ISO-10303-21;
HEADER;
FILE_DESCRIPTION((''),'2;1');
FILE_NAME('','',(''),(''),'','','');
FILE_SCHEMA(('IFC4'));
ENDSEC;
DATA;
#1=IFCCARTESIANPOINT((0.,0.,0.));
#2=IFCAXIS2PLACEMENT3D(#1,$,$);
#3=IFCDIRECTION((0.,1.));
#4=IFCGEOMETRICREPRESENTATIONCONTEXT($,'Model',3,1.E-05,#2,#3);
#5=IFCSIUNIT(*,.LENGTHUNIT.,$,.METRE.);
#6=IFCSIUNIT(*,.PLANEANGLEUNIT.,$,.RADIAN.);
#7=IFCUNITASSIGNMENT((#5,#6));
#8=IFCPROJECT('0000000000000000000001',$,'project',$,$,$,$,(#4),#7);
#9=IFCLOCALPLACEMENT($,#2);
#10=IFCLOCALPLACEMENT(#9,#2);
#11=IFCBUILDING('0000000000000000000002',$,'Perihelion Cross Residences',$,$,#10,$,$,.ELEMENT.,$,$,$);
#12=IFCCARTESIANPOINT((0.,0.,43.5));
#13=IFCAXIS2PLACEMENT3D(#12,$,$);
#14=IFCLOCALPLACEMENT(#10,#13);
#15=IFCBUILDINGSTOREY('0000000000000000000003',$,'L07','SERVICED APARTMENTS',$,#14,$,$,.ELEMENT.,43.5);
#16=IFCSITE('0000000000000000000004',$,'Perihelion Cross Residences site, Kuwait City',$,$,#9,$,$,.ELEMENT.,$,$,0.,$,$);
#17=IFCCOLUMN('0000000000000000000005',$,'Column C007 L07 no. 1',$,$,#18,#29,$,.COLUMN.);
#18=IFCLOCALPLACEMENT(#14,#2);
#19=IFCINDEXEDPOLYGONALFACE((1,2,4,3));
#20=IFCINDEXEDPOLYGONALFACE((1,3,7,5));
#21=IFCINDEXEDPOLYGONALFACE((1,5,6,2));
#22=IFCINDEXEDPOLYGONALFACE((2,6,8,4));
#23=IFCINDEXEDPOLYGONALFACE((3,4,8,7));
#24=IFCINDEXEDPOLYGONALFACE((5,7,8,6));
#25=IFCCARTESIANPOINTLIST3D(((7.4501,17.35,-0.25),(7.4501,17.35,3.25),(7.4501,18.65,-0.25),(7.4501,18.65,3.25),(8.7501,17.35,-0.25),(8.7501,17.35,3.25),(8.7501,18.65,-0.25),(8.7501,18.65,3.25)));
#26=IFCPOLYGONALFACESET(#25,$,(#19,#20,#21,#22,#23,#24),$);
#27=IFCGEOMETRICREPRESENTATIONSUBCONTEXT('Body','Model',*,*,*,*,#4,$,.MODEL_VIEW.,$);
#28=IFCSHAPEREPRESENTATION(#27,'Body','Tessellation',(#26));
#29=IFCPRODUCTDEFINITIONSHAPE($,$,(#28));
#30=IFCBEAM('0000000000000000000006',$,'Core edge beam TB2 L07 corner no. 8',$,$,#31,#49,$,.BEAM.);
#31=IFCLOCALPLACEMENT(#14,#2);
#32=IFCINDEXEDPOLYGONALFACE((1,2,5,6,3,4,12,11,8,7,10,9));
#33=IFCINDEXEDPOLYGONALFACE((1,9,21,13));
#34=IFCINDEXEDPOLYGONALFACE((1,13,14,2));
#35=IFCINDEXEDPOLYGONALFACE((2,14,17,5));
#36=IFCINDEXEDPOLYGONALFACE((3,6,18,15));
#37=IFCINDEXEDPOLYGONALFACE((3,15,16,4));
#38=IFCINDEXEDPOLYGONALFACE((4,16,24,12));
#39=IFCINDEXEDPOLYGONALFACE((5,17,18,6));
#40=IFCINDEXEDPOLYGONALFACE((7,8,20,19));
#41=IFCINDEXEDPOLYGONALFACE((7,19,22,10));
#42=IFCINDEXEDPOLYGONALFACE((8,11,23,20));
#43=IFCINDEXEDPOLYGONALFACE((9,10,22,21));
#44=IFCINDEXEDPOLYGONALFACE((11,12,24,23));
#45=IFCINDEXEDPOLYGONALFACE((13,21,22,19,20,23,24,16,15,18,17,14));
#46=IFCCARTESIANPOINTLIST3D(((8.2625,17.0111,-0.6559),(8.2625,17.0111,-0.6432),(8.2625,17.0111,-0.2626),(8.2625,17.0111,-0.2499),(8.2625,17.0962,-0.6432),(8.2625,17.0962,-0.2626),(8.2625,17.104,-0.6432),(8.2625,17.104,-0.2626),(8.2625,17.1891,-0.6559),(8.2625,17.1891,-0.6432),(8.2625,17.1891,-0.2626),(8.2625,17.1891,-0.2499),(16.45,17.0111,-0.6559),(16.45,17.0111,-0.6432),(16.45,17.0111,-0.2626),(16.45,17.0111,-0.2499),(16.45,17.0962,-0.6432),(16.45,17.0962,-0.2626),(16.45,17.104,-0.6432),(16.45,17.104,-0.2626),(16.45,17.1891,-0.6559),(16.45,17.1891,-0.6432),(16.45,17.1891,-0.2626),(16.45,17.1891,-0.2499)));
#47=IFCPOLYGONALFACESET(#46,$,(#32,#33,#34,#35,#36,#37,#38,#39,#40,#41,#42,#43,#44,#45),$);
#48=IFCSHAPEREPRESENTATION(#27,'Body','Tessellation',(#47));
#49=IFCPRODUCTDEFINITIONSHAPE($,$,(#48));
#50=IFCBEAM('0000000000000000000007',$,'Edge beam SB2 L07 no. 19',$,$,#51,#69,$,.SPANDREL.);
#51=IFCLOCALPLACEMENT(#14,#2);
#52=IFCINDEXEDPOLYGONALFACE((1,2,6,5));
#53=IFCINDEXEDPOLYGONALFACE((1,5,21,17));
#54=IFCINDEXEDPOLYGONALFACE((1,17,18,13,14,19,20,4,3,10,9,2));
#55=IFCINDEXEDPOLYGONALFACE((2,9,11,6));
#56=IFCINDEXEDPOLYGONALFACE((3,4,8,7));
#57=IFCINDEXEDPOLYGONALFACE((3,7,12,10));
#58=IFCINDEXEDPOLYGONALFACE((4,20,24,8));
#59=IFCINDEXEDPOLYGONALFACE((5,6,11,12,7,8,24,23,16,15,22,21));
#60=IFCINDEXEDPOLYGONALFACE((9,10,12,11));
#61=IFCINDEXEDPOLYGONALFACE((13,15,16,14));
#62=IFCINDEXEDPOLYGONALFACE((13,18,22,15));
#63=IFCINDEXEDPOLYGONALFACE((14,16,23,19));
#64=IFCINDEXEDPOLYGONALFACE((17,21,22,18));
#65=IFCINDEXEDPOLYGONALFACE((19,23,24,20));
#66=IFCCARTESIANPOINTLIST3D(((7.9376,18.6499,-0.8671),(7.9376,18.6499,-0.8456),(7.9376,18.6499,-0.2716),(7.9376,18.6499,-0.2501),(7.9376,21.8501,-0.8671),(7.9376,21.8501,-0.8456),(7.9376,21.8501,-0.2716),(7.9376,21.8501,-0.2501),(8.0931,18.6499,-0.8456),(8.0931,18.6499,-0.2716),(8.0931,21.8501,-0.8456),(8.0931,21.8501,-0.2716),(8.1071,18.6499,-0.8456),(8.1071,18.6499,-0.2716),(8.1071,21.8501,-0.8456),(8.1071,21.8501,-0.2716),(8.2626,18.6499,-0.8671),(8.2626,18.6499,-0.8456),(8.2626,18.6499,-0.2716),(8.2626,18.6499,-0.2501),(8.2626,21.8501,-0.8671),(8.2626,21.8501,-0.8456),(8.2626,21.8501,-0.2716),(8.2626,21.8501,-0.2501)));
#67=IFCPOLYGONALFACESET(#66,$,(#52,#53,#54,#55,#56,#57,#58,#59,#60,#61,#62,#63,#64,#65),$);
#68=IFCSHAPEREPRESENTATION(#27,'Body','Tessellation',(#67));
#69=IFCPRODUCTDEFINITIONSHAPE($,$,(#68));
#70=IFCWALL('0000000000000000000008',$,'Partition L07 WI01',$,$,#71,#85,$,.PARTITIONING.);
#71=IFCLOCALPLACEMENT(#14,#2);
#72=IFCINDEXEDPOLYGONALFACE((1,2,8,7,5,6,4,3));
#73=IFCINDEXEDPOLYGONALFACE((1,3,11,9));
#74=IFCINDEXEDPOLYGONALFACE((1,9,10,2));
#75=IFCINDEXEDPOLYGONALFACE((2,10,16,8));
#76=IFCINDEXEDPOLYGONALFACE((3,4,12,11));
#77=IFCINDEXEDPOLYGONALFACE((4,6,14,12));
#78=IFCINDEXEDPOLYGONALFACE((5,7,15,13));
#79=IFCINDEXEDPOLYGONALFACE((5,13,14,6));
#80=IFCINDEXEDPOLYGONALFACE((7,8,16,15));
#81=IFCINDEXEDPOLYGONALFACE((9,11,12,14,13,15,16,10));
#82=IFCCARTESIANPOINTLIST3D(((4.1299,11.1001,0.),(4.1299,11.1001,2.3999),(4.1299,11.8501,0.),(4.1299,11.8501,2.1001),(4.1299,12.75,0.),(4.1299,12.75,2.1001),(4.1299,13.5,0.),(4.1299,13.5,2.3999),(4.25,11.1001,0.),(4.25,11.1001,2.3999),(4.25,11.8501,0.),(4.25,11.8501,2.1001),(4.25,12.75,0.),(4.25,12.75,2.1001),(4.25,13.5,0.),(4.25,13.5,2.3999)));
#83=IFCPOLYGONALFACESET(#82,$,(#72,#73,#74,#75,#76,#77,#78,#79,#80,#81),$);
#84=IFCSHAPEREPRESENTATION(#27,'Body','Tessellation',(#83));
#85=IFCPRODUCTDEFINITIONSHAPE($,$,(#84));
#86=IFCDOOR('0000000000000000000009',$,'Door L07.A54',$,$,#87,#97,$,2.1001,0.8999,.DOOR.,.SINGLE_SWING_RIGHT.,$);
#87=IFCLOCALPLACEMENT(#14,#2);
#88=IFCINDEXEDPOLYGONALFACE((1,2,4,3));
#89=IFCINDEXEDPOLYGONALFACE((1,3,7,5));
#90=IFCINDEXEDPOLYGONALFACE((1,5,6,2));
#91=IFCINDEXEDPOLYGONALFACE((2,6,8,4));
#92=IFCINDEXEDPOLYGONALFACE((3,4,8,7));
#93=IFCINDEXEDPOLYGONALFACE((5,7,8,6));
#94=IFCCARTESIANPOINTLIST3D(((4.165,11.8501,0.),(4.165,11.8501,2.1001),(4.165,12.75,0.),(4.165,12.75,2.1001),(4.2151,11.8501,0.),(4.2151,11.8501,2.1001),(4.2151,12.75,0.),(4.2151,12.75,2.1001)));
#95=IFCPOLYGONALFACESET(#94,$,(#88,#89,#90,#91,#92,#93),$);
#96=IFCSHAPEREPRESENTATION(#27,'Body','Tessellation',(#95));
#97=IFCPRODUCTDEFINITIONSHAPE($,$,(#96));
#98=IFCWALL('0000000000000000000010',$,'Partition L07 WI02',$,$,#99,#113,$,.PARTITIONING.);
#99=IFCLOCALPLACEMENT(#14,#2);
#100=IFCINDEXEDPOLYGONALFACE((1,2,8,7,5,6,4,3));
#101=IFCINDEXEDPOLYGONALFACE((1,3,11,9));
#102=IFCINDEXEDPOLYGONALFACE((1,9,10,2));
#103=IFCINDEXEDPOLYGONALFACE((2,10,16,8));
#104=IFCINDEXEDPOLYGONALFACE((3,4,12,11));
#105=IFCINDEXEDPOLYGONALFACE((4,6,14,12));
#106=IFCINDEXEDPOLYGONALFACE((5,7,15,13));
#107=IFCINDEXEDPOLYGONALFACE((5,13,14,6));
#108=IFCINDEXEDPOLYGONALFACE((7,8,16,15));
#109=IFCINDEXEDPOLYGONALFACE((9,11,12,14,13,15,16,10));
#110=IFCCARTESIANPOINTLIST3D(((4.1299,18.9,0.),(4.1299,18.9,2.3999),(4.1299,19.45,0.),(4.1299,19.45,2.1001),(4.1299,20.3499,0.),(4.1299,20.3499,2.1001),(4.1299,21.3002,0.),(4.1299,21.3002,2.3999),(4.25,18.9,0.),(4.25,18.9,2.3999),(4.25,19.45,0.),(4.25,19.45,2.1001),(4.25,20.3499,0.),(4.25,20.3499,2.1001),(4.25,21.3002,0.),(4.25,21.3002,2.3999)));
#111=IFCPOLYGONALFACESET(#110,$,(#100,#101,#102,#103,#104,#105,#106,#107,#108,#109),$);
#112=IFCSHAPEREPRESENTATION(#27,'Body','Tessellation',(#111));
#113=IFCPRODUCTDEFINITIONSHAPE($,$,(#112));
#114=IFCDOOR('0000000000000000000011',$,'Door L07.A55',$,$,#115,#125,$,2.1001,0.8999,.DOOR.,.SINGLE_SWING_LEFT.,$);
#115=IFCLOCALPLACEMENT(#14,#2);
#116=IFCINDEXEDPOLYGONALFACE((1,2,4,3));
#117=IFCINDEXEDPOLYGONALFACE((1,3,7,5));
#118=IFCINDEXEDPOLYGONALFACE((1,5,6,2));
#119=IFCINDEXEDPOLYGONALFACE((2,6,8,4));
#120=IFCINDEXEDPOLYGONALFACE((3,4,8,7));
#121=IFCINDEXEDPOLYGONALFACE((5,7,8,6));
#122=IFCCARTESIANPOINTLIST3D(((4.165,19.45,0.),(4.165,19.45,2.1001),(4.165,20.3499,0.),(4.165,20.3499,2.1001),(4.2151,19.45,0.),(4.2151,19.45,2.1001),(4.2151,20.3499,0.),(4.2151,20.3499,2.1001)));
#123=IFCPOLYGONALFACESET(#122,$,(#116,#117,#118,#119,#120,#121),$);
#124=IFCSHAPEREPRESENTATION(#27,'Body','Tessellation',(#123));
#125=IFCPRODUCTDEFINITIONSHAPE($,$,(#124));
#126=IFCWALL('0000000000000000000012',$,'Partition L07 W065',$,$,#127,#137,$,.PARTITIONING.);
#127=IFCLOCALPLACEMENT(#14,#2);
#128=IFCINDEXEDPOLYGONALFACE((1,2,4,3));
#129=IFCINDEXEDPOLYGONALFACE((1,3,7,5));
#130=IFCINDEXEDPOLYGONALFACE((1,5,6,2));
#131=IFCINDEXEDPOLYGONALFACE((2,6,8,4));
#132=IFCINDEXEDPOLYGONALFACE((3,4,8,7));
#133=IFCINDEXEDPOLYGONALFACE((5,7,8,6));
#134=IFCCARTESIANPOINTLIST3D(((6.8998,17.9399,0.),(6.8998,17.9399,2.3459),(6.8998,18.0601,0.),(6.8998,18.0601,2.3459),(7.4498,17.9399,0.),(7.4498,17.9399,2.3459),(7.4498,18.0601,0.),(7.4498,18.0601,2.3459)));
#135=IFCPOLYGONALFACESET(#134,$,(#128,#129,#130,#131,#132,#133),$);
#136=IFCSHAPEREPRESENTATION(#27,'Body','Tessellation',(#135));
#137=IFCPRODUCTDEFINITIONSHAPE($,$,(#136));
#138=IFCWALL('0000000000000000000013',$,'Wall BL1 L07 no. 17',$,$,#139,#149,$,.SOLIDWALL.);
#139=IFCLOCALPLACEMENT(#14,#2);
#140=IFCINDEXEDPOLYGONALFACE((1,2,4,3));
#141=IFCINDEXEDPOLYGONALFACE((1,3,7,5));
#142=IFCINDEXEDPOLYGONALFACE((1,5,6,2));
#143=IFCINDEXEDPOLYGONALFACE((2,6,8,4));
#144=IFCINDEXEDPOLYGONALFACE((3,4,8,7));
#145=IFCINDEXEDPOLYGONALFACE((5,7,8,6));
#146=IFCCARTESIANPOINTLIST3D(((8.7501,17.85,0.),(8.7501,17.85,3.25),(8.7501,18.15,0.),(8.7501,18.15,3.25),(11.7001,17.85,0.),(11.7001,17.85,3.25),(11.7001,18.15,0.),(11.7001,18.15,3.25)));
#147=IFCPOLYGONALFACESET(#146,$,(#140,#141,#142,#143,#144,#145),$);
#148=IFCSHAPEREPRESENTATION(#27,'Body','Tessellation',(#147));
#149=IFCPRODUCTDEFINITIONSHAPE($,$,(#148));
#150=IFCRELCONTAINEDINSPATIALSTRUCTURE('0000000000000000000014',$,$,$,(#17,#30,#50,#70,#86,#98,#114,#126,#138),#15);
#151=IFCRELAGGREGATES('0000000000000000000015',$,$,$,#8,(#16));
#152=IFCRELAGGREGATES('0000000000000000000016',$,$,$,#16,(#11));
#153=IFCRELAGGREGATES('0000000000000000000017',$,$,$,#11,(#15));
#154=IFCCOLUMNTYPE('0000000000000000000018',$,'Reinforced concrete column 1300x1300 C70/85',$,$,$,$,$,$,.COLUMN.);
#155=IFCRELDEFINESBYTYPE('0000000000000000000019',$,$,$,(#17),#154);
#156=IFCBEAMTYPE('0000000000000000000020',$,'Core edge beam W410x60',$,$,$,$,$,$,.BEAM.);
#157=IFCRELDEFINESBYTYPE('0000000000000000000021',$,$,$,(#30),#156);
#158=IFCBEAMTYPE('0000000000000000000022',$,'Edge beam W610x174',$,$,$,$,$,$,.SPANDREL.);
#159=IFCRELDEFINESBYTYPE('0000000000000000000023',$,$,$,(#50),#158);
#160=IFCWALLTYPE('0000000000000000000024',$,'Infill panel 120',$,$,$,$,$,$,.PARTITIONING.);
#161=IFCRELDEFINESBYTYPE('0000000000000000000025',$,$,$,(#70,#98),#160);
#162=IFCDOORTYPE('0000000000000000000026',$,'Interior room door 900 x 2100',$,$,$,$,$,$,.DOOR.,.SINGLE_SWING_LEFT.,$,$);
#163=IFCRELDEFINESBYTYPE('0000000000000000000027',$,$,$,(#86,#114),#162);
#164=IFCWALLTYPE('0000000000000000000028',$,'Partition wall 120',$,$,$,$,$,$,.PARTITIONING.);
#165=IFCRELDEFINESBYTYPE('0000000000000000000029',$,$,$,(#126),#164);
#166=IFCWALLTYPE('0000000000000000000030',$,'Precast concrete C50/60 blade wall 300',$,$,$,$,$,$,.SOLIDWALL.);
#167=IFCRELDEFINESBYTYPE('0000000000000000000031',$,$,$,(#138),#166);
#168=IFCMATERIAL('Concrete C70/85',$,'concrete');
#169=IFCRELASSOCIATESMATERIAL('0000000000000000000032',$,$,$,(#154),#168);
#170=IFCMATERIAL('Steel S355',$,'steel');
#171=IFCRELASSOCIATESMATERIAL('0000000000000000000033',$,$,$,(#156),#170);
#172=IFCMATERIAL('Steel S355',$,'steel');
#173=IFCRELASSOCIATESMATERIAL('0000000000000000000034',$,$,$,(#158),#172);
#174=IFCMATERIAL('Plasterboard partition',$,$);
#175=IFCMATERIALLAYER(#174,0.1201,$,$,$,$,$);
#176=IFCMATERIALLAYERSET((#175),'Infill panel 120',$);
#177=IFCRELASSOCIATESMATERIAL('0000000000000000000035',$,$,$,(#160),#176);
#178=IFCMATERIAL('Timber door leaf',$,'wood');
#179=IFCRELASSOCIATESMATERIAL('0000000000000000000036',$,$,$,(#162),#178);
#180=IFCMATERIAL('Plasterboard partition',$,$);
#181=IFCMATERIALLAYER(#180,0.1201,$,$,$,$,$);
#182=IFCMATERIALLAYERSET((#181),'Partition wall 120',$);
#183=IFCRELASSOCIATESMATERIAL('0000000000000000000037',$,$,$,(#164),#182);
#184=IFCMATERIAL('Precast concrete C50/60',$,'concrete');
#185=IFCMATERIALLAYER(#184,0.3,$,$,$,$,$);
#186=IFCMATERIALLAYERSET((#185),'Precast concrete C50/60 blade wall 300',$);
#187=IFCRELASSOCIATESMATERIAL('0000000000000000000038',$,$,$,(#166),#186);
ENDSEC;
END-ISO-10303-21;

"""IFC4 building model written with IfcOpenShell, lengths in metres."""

from ifc_helpers import new_model, si_unit, direction, frame, frame_2d, origin, origin_2d, place, context, subcontext, project, spatial, rectangle, i_section, extrude, material, layer, layer_set, material_profile, profile_set, type_object, element, fill, save


model = new_model("IFC4")

# Units and contexts
model_context = context("Model", 3, precision=1e-05, world=origin(), true_north=direction((0.0, 1.0)))
body_context = subcontext(model_context, "Body", "Model", "MODEL_VIEW")
ifc_project = project(units=[si_unit("LENGTHUNIT", "METRE"), si_unit("PLANEANGLEUNIT", "RADIAN")], contexts=[model_context])

# Site, building, storey
site_placement = place(None, origin())
site = spatial("IfcSite", under=ifc_project, at=site_placement, Name="Perihelion Cross Residences site, Kuwait City", CompositionType="ELEMENT", RefElevation=0.0)
building_placement = place(site_placement, origin())
building = spatial("IfcBuilding", under=site, at=building_placement, Name="Perihelion Cross Residences", CompositionType="ELEMENT")
storey_placement = place(building_placement, frame((0.0, 0.0, 43.5)))
storey = spatial("IfcBuildingStorey", under=building, at=storey_placement, Name="L07", Description="SERVICED APARTMENTS", CompositionType="ELEMENT", Elevation=43.5)

# Column
ifc_material_1 = material(Name="Concrete C70/85", Category="concrete")
ifc_material_profile_1 = material_profile(ifc_material_1, rectangle(XDim=1.3, YDim=1.3, at=origin_2d()), Name="RC 1300x1300")
ifc_profile_set_1 = profile_set([ifc_material_profile_1], Name="Concrete C70/85")
column_type = type_object("IfcColumnType", Name="Reinforced concrete column 1300x1300 C70/85", PredefinedType="COLUMN", material=ifc_profile_set_1)
column_placement = place(storey_placement, frame((8.1001, 18.0, -0.25), z_axis=(0.0, 0.0, 1.0), x_axis=(1.0, 0.0, 0.0)))
element("IfcColumn", 1, at=column_placement, inside=storey, type_object=column_type, Name="Column C007 L07 no. 1", PredefinedType="COLUMN", context=body_context, shape_type="SweptSolid", body=[
    extrude(rectangle(XDim=1.3, YDim=1.3, at=origin_2d()), origin(), (0.0, 0.0, 1.0), 3.5),
])

# Beams
ifc_material_2 = material(Name="Steel S355", Category="steel")
ifc_material_profile_2 = material_profile(ifc_material_2, i_section(OverallWidth=0.178, OverallDepth=0.406, WebThickness=0.0078, FlangeThickness=0.0127, at=origin_2d()), Name="W410x60")
ifc_profile_set_2 = profile_set([ifc_material_profile_2], Name="Steel S355")
beam_type_1 = type_object("IfcBeamType", Name="Core edge beam W410x60", PredefinedType="BEAM", material=ifc_profile_set_2)
beam_1_placement = place(storey_placement, frame((8.2625, 17.1001, -0.4529), z_axis=(1.0, 0.0, 0.0), x_axis=(0.0, 1.0, 0.0)))
element("IfcBeam", 2, at=beam_1_placement, inside=storey, type_object=beam_type_1, Name="Core edge beam TB2 L07 corner no. 8", PredefinedType="BEAM", context=body_context, shape_type="SweptSolid", body=[
    extrude(i_section(OverallWidth=0.178, OverallDepth=0.406, WebThickness=0.0078, FlangeThickness=0.0127, at=origin_2d()), origin(), (0.0, 0.0, 1.0), 8.1875),
])
ifc_material_3 = material(Name="Steel S355", Category="steel")
ifc_material_profile_3 = material_profile(ifc_material_3, i_section(OverallWidth=0.325, OverallDepth=0.6169, WebThickness=0.0139, FlangeThickness=0.0215, at=origin_2d()), Name="W610x174")
ifc_profile_set_3 = profile_set([ifc_material_profile_3], Name="Steel S355")
beam_type_2 = type_object("IfcBeamType", Name="Edge beam W610x174", PredefinedType="SPANDREL", material=ifc_profile_set_3)
beam_2_placement = place(storey_placement, frame((8.1001, 18.6499, -0.5586), z_axis=(0.0, 1.0, 0.0), x_axis=(-1.0, 0.0, 0.0)))
element("IfcBeam", 3, at=beam_2_placement, inside=storey, type_object=beam_type_2, Name="Edge beam SB2 L07 no. 19", PredefinedType="SPANDREL", context=body_context, shape_type="SweptSolid", body=[
    extrude(i_section(OverallWidth=0.325, OverallDepth=0.6169, WebThickness=0.0139, FlangeThickness=0.0215, at=origin_2d()), origin(), (0.0, 0.0, 1.0), 3.2002),
])

# Walls, openings, doors
ifc_material_4 = material(Name="Plasterboard partition")
ifc_layer_1 = layer(ifc_material_4, 0.1201)
ifc_layer_set_1 = layer_set([ifc_layer_1], Name="Infill panel 120")
wall_type_1 = type_object("IfcWallType", Name="Infill panel 120", PredefinedType="PARTITIONING", material=ifc_layer_set_1)
wall_1_placement = place(storey_placement, frame((4.1899, 11.1001, 0.0), z_axis=(0.0, 0.0, 1.0), x_axis=(0.0, 1.0, 0.0)))
wall_1 = element("IfcWall", 4, at=wall_1_placement, inside=storey, type_object=wall_type_1, Name="Partition L07 WI01", PredefinedType="PARTITIONING", context=body_context, shape_type="SweptSolid", body=[
    extrude(rectangle(XDim=2.3999, YDim=0.1201, at=frame_2d((1.2, 0.0))), origin(), (0.0, 0.0, 1.0), 2.3999),
])
opening_1_placement = place(wall_1_placement, frame((0.75, 0.0, 0.0)))
opening_1 = element("IfcOpeningElement", 5, at=opening_1_placement, cuts=wall_1, PredefinedType="OPENING", context=body_context, shape_type="SweptSolid", body=[
    extrude(rectangle(XDim=0.8999, YDim=2.1001, at=frame_2d((0.45, 1.05))), frame((0.0, 0.0701, 0.0), z_axis=(0.0, -1.0, 0.0), x_axis=(1.0, 0.0, 0.0)), (0.0, 0.0, 1.0), 0.1401),
])
ifc_material_5 = material(Name="Timber door leaf", Category="wood")
door_type_1 = type_object("IfcDoorType", Name="Interior room door 900 x 2100", OperationType="SINGLE_SWING_LEFT", PredefinedType="DOOR", material=ifc_material_5)
door_1_placement = place(opening_1_placement, origin())
door_1 = element("IfcDoor", 6, at=door_1_placement, inside=storey, type_object=door_type_1, Name="Door L07.A54", OperationType="SINGLE_SWING_RIGHT", OverallHeight=2.1001, OverallWidth=0.8999, PredefinedType="DOOR", context=body_context, shape_type="SweptSolid", body=[
    extrude(rectangle(XDim=0.8999, YDim=2.1001, at=frame_2d((0.45, 1.05))), frame((0.0, 0.0249, 0.0), z_axis=(0.0, -1.0, 0.0), x_axis=(1.0, 0.0, 0.0)), (0.0, 0.0, 1.0), 0.05),
])
fill(opening_1, door_1)
wall_2_placement = place(storey_placement, frame((4.1899, 18.8999, 0.0), z_axis=(0.0, 0.0, 1.0), x_axis=(0.0, 1.0, 0.0)))
wall_2 = element("IfcWall", 7, at=wall_2_placement, inside=storey, type_object=wall_type_1, Name="Partition L07 WI02", PredefinedType="PARTITIONING", context=body_context, shape_type="SweptSolid", body=[
    extrude(rectangle(XDim=2.4001, YDim=0.1201, at=frame_2d((1.2002, 0.0))), origin(), (0.0, 0.0, 1.0), 2.3999),
])
opening_2_placement = place(wall_2_placement, frame((0.55, 0.0, 0.0)))
opening_2 = element("IfcOpeningElement", 8, at=opening_2_placement, cuts=wall_2, PredefinedType="OPENING", context=body_context, shape_type="SweptSolid", body=[
    extrude(rectangle(XDim=0.8999, YDim=2.1001, at=frame_2d((0.45, 1.05))), frame((0.0, 0.0701, 0.0), z_axis=(0.0, -1.0, 0.0), x_axis=(1.0, 0.0, 0.0)), (0.0, 0.0, 1.0), 0.1401),
])
door_2_placement = place(opening_2_placement, origin())
door_2 = element("IfcDoor", 9, at=door_2_placement, inside=storey, type_object=door_type_1, Name="Door L07.A55", OperationType="SINGLE_SWING_LEFT", OverallHeight=2.1001, OverallWidth=0.8999, PredefinedType="DOOR", context=body_context, shape_type="SweptSolid", body=[
    extrude(rectangle(XDim=0.8999, YDim=2.1001, at=frame_2d((0.45, 1.05))), frame((0.0, 0.0249, 0.0), z_axis=(0.0, -1.0, 0.0), x_axis=(1.0, 0.0, 0.0)), (0.0, 0.0, 1.0), 0.05),
])
fill(opening_2, door_2)

# Walls
ifc_material_6 = material(Name="Plasterboard partition")
ifc_layer_2 = layer(ifc_material_6, 0.1201)
ifc_layer_set_2 = layer_set([ifc_layer_2], Name="Partition wall 120")
wall_type_2 = type_object("IfcWallType", Name="Partition wall 120", PredefinedType="PARTITIONING", material=ifc_layer_set_2)
wall_3_placement = place(storey_placement, frame((6.8999, 18.0, 0.0), z_axis=(0.0, 0.0, 1.0), x_axis=(1.0, 0.0, 0.0)))
element("IfcWall", 10, at=wall_3_placement, inside=storey, type_object=wall_type_2, Name="Partition L07 W065", PredefinedType="PARTITIONING", context=body_context, shape_type="SweptSolid", body=[
    extrude(rectangle(XDim=0.55, YDim=0.1201, at=frame_2d((0.2749, 0.0))), origin(), (0.0, 0.0, 1.0), 2.3459),
])
ifc_material_7 = material(Name="Precast concrete C50/60", Category="concrete")
ifc_layer_3 = layer(ifc_material_7, 0.3)
ifc_layer_set_3 = layer_set([ifc_layer_3], Name="Precast concrete C50/60 blade wall 300")
wall_type_3 = type_object("IfcWallType", Name="Precast concrete C50/60 blade wall 300", PredefinedType="SOLIDWALL", material=ifc_layer_set_3)
wall_4_placement = place(storey_placement, frame((8.75, 18.0, 0.0), z_axis=(0.0, 0.0, 1.0), x_axis=(1.0, 0.0, 0.0)))
element("IfcWall", 11, at=wall_4_placement, inside=storey, type_object=wall_type_3, Name="Wall BL1 L07 no. 17", PredefinedType="SOLIDWALL", context=body_context, shape_type="SweptSolid", body=[
    extrude(rectangle(XDim=2.95, YDim=0.3, at=frame_2d((1.4751, 0.0))), origin(), (0.0, 0.0, 1.0), 3.25),
])

save(model, "model.ifc")
